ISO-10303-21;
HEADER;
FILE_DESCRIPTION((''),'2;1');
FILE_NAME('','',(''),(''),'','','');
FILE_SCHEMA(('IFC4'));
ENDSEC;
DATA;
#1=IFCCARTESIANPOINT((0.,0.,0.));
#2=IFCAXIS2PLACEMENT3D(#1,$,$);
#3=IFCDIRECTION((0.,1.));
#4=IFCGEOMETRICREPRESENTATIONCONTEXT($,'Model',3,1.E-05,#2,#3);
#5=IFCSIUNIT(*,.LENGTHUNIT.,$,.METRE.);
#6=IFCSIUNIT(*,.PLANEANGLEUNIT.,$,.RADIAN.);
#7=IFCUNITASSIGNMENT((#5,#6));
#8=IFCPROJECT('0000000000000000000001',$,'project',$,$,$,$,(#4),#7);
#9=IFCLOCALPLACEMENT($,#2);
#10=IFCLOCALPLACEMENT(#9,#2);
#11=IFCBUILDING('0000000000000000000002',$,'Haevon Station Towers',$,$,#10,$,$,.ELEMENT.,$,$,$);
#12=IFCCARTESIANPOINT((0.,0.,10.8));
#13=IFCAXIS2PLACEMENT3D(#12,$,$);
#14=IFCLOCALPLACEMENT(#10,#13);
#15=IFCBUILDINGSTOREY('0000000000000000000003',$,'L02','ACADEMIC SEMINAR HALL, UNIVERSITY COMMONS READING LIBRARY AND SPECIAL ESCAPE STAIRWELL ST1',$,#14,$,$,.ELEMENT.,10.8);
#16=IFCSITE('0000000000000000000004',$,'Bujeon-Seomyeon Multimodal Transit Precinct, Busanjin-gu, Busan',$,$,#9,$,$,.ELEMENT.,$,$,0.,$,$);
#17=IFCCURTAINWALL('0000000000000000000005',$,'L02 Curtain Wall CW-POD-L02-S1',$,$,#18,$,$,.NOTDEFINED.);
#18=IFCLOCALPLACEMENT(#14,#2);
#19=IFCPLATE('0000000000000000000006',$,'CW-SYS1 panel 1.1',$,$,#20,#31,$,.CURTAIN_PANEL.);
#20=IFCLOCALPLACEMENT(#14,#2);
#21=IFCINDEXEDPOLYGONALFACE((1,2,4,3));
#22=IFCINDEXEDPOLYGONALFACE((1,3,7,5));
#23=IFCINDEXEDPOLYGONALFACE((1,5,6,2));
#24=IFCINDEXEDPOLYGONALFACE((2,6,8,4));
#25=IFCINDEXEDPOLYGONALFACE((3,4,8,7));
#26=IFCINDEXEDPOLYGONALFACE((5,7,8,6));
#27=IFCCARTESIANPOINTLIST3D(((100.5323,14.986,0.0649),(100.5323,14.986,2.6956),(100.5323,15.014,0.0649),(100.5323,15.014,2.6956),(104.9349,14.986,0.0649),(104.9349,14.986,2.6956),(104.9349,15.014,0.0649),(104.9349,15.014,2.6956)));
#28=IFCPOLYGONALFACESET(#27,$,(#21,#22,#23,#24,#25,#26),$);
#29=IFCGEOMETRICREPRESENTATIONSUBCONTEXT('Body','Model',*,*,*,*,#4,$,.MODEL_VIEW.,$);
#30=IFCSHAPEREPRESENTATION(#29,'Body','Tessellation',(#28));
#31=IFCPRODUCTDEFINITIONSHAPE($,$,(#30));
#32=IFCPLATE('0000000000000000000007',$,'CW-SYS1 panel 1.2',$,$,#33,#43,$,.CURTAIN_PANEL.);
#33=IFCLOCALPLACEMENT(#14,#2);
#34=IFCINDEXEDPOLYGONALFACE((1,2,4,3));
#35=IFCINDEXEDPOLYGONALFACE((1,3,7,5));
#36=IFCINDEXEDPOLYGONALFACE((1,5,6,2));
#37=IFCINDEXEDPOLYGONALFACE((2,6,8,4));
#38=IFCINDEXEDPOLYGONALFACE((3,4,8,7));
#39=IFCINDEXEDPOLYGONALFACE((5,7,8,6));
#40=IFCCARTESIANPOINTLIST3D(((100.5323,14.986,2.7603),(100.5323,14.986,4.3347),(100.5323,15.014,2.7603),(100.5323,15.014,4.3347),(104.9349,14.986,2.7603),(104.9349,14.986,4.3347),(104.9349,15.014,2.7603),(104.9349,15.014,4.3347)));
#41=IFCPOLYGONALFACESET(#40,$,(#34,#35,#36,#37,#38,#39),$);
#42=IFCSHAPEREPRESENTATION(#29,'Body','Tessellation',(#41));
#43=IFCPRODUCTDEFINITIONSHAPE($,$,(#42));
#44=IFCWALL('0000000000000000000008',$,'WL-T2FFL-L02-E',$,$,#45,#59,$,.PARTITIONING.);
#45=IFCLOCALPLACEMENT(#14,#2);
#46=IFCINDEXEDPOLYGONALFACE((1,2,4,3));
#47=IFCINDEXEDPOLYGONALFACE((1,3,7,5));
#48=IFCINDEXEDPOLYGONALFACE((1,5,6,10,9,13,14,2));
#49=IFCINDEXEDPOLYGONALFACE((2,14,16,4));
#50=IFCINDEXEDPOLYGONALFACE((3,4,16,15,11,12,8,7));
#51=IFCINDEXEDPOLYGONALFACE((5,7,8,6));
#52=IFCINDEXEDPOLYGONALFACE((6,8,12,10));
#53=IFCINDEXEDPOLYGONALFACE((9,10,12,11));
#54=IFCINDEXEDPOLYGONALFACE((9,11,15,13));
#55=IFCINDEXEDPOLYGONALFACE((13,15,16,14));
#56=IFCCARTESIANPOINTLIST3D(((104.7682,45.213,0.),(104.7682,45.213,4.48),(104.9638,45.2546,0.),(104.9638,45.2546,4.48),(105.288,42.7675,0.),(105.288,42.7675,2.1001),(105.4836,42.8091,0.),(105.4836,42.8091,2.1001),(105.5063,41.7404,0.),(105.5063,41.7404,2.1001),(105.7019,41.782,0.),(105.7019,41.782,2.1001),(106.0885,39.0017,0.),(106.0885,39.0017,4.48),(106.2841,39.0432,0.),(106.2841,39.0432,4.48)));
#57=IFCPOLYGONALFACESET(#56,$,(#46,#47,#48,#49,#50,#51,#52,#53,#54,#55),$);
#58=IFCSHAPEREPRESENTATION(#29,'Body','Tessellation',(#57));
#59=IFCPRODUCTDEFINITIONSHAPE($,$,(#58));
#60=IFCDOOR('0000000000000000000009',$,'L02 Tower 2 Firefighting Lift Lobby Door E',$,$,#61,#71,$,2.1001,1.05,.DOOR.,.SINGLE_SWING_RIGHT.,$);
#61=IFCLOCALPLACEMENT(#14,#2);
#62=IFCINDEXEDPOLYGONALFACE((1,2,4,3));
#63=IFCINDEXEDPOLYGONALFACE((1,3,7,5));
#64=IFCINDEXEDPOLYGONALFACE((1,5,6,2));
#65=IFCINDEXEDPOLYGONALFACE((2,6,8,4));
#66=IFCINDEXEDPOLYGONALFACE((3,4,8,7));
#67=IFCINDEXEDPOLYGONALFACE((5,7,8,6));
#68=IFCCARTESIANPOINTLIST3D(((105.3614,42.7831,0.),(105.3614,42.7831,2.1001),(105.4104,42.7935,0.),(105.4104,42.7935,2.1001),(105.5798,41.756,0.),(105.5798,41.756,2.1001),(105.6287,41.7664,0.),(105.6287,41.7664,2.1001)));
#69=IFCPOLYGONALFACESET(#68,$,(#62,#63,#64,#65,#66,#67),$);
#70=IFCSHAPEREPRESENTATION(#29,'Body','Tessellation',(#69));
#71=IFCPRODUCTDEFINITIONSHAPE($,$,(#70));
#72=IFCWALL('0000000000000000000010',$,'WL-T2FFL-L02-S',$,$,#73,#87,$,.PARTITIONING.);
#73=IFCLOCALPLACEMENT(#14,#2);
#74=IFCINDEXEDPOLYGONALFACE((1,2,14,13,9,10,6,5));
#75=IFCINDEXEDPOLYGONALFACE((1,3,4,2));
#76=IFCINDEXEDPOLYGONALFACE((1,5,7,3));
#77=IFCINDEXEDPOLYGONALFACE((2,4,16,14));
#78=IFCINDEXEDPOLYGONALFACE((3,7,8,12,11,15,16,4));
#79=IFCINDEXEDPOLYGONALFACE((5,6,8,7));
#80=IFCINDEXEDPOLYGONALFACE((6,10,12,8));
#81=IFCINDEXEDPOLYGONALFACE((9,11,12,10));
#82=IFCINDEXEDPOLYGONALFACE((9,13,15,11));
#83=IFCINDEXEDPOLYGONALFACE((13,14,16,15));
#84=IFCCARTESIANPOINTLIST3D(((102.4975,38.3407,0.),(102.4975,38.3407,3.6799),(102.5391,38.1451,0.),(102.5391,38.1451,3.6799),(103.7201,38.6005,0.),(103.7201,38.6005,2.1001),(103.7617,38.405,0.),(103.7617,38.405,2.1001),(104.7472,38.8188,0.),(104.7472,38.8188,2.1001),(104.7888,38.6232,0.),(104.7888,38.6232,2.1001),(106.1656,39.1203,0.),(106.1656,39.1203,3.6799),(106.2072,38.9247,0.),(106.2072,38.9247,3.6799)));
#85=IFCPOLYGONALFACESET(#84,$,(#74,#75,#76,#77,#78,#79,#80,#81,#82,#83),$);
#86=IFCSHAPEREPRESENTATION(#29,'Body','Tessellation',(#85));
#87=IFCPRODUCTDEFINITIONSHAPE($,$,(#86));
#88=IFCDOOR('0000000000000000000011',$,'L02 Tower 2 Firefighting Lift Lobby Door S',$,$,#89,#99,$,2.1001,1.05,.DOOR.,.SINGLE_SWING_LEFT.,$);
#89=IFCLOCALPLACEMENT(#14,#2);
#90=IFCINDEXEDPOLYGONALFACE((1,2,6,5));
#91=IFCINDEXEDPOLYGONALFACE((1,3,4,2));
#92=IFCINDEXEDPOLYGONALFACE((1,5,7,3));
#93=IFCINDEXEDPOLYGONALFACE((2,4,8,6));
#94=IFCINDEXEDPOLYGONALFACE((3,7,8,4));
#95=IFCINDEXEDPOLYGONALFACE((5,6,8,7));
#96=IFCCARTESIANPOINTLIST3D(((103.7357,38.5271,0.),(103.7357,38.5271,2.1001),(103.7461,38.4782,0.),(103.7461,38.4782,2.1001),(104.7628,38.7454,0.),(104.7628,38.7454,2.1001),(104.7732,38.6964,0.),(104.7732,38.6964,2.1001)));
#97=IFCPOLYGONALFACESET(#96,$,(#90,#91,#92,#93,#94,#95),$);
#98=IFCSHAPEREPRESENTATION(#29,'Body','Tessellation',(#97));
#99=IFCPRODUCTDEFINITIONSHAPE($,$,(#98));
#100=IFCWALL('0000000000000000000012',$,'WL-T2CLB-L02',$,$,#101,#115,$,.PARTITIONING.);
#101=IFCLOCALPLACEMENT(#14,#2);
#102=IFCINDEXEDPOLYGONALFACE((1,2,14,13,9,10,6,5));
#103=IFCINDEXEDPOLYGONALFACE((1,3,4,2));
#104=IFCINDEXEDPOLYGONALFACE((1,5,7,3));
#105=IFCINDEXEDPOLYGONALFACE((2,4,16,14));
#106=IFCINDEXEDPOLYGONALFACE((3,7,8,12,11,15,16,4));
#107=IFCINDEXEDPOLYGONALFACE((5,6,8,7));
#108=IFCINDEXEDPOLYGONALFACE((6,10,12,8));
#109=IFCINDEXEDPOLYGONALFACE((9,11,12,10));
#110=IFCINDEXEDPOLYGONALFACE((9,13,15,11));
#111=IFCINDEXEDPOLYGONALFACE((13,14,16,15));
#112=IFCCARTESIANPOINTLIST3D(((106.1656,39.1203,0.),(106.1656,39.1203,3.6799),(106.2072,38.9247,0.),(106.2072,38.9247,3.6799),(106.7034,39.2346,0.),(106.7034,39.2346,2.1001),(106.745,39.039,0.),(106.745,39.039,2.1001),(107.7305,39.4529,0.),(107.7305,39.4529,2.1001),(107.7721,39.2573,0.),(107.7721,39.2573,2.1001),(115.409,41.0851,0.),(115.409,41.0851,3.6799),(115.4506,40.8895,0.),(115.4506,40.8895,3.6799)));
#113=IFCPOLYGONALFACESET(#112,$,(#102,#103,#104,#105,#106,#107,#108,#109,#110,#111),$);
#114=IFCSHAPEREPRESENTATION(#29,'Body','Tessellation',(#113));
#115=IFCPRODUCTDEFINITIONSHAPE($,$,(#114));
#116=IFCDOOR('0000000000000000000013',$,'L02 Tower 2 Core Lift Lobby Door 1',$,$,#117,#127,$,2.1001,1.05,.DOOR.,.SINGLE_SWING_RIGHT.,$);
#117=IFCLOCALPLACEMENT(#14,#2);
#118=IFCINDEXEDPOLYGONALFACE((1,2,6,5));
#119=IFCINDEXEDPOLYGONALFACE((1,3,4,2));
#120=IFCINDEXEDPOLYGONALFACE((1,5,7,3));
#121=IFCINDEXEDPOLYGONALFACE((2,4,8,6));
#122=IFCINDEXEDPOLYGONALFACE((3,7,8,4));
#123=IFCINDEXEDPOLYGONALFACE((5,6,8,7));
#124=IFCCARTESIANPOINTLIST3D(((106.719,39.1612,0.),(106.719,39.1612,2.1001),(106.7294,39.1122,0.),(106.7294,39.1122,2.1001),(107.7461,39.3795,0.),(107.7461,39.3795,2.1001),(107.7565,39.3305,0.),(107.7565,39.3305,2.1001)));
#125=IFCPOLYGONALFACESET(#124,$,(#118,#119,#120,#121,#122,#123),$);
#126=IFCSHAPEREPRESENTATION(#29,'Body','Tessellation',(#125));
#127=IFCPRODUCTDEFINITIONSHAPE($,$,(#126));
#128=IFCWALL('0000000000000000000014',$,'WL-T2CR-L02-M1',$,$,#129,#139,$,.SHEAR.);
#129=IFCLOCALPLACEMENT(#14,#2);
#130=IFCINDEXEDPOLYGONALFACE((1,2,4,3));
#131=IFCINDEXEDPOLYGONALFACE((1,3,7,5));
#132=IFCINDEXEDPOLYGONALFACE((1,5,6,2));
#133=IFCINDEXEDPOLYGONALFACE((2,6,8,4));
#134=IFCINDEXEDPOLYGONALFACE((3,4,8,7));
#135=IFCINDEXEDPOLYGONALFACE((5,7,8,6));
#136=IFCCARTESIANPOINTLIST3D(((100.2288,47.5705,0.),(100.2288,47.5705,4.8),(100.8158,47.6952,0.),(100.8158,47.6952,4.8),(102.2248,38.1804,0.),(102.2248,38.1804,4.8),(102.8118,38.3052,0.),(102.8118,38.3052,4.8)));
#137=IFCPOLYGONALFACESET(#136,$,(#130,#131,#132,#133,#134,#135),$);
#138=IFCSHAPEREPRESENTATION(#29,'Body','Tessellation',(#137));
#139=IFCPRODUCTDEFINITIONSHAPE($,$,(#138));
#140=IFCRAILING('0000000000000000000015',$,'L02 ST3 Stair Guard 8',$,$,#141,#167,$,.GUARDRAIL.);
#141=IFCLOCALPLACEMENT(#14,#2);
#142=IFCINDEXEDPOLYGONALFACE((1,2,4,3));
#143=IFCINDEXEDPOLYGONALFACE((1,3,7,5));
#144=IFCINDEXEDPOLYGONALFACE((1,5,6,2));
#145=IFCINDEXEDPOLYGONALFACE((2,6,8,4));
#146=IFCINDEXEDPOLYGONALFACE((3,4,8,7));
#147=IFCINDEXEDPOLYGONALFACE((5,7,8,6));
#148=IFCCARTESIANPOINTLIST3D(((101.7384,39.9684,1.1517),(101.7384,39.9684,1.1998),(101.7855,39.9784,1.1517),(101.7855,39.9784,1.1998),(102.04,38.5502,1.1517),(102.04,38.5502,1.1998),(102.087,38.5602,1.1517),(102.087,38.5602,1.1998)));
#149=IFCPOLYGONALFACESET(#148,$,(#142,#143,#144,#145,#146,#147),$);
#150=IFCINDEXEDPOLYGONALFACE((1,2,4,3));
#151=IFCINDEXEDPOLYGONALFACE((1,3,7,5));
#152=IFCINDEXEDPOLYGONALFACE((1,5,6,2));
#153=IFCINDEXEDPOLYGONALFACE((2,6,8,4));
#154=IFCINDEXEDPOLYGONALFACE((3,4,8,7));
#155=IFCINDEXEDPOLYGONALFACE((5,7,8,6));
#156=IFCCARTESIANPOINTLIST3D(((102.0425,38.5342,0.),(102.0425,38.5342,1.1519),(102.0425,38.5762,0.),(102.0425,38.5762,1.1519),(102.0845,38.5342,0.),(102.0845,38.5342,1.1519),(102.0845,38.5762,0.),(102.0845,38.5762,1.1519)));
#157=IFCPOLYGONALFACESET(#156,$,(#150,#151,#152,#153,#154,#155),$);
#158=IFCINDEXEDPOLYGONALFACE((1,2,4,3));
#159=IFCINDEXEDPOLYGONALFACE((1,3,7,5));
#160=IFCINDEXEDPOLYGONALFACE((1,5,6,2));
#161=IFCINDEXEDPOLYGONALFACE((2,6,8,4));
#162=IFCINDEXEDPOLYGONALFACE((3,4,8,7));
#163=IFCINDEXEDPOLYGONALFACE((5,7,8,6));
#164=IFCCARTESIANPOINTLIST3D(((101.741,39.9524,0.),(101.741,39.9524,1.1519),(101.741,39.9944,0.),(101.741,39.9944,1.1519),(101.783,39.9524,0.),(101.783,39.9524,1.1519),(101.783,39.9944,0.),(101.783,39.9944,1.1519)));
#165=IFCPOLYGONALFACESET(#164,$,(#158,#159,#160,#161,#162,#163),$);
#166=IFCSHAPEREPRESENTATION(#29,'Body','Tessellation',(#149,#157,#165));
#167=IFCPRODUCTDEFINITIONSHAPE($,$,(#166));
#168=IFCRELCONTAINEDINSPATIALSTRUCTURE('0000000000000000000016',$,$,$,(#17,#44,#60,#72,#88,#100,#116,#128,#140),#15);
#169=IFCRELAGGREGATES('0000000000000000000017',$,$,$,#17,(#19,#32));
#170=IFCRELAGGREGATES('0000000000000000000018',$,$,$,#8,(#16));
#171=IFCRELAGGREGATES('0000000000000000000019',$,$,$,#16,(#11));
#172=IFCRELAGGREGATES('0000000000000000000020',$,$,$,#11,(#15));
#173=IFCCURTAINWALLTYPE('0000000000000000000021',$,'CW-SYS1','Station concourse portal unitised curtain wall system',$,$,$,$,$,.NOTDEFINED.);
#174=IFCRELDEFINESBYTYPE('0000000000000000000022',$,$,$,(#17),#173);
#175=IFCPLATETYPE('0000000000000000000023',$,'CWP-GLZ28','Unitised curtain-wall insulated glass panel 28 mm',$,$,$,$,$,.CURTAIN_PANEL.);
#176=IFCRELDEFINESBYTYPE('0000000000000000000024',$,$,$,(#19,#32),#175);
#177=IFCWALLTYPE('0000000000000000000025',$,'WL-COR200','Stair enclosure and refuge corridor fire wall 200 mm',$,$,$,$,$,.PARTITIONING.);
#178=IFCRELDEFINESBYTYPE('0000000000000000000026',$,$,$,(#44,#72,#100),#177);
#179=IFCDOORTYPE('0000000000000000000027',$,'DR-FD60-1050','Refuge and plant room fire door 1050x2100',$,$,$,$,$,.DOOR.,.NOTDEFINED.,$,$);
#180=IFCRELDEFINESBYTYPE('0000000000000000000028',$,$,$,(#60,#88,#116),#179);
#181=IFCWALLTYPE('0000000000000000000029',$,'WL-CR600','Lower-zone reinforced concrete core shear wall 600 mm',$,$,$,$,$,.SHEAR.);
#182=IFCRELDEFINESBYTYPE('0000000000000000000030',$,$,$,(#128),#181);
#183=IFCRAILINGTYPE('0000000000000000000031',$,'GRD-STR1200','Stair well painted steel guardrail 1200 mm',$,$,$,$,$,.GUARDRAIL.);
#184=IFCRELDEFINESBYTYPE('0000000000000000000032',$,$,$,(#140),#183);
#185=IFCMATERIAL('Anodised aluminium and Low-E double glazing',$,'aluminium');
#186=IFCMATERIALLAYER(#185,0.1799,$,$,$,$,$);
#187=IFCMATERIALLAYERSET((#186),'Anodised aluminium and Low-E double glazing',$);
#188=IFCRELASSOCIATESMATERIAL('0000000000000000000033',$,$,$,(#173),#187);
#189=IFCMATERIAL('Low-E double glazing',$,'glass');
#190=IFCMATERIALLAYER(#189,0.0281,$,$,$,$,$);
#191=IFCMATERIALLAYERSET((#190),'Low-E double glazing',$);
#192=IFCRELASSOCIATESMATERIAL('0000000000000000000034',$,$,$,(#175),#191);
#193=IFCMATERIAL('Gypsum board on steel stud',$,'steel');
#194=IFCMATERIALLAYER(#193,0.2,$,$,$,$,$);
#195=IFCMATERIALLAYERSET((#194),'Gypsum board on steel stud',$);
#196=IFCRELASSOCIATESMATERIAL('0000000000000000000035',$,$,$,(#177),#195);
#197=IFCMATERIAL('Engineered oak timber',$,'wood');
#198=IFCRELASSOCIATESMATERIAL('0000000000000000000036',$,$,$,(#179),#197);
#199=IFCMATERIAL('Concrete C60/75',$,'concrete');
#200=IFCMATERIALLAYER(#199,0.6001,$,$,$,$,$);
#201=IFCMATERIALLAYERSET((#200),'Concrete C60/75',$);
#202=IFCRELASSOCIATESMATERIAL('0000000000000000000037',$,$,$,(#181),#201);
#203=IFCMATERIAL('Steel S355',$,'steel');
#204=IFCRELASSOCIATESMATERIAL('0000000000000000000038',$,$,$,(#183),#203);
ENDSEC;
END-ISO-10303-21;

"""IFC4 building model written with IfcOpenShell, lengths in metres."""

from ifc_helpers import new_model, si_unit, direction, frame, frame_2d, origin, origin_2d, place, context, subcontext, project, spatial, rectangle, extrude, material, layer, layer_set, type_object, element, fill, aggregate, save


model = new_model("IFC4")

# Units and contexts
model_context = context("Model", 3, precision=1e-05, world=origin(), true_north=direction((0.0, 1.0)))
body_context = subcontext(model_context, "Body", "Model", "MODEL_VIEW")
ifc_project = project(units=[si_unit("LENGTHUNIT", "METRE"), si_unit("PLANEANGLEUNIT", "RADIAN")], contexts=[model_context])

# Site, building, storey
site_placement = place(None, origin())
site = spatial("IfcSite", under=ifc_project, at=site_placement, Name="Bujeon-Seomyeon Multimodal Transit Precinct, Busanjin-gu, Busan", CompositionType="ELEMENT", RefElevation=0.0)
building_placement = place(site_placement, origin())
building = spatial("IfcBuilding", under=site, at=building_placement, Name="Haevon Station Towers", CompositionType="ELEMENT")
storey_placement = place(building_placement, frame((0.0, 0.0, 10.8)))
storey = spatial("IfcBuildingStorey", under=building, at=storey_placement, Name="L02", Description="ACADEMIC SEMINAR HALL, UNIVERSITY COMMONS READING LIBRARY AND SPECIAL ESCAPE STAIRWELL ST1", CompositionType="ELEMENT", Elevation=10.8)

# Shared definitions
ifc_material_1 = material(Name="Steel S355", Category="steel")

# Curtain wall, plates
ifc_material_2 = material(Name="Anodised aluminium and Low-E double glazing", Category="aluminium")
ifc_layer_1 = layer(ifc_material_2, 0.1799)
ifc_layer_set_1 = layer_set([ifc_layer_1], Name="Anodised aluminium and Low-E double glazing")
curtain_wall_type = type_object("IfcCurtainWallType", Name="CW-SYS1", Description="Station concourse portal unitised curtain wall system", PredefinedType="NOTDEFINED", material=ifc_layer_set_1)
curtain_wall_placement = place(storey_placement, origin())
curtain_wall = element("IfcCurtainWall", 1, at=curtain_wall_placement, inside=storey, type_object=curtain_wall_type, Name="L02 Curtain Wall CW-POD-L02-S1", PredefinedType="NOTDEFINED")
ifc_material_3 = material(Name="Low-E double glazing", Category="glass")
ifc_layer_2 = layer(ifc_material_3, 0.0281)
ifc_layer_set_2 = layer_set([ifc_layer_2], Name="Low-E double glazing")
plate_type = type_object("IfcPlateType", Name="CWP-GLZ28", Description="Unitised curtain-wall insulated glass panel 28 mm", PredefinedType="CURTAIN_PANEL", material=ifc_layer_set_2)
plate_1_placement = place(storey_placement, frame((102.7336, 15.0, 0.0649), z_axis=(0.0, 0.0, 1.0), x_axis=(-1.0, 0.0, 0.0)))
plate_1 = element("IfcPlate", 2, at=plate_1_placement, type_object=plate_type, Name="CW-SYS1 panel 1.1", PredefinedType="CURTAIN_PANEL", context=body_context, shape_type="SweptSolid", body=[
    extrude(rectangle(XDim=4.4026, YDim=0.0281, at=origin_2d()), origin(), (0.0, 0.0, 1.0), 2.6306),
])
plate_2_placement = place(storey_placement, frame((102.7336, 15.0, 2.7603), z_axis=(0.0, 0.0, 1.0), x_axis=(-1.0, 0.0, 0.0)))
plate_2 = element("IfcPlate", 3, at=plate_2_placement, type_object=plate_type, Name="CW-SYS1 panel 1.2", PredefinedType="CURTAIN_PANEL", context=body_context, shape_type="SweptSolid", body=[
    extrude(rectangle(XDim=4.4026, YDim=0.0281, at=origin_2d()), origin(), (0.0, 0.0, 1.0), 1.5745),
])
aggregate(curtain_wall, [plate_1, plate_2])

# Walls, openings, doors
ifc_material_4 = material(Name="Gypsum board on steel stud", Category="steel")
ifc_layer_3 = layer(ifc_material_4, 0.2)
ifc_layer_set_3 = layer_set([ifc_layer_3], Name="Gypsum board on steel stud")
wall_type_1 = type_object("IfcWallType", Name="WL-COR200", Description="Stair enclosure and refuge corridor fire wall 200 mm", PredefinedType="PARTITIONING", material=ifc_layer_set_3)
wall_1_placement = place(storey_placement, frame((106.1863, 39.0225, 0.0), z_axis=(0.0, 0.0, 1.0), x_axis=(-0.207917, 0.978147, 0.0)))
wall_1 = element("IfcWall", 4, at=wall_1_placement, inside=storey, type_object=wall_type_1, Name="WL-T2FFL-L02-E", PredefinedType="PARTITIONING", context=body_context, shape_type="SweptSolid", body=[
    extrude(rectangle(XDim=6.3501, YDim=0.2, at=frame_2d((3.175, 0.0))), origin(), (0.0, 0.0, 1.0), 4.48),
])
opening_1_placement = place(wall_1_placement, frame((2.8, 0.0, 0.0)))
opening_1 = element("IfcOpeningElement", 5, at=opening_1_placement, cuts=wall_1, PredefinedType="OPENING", context=body_context, shape_type="SweptSolid", body=[
    extrude(rectangle(XDim=1.05, YDim=2.1001, at=frame_2d((0.5249, 1.05))), frame((0.0, 0.1099, 0.0), z_axis=(0.0, -1.0, 0.0), x_axis=(1.0, 0.0, 0.0)), (0.0, 0.0, 1.0), 0.22),
])
ifc_material_5 = material(Name="Engineered oak timber", Category="wood")
door_type = type_object("IfcDoorType", Name="DR-FD60-1050", Description="Refuge and plant room fire door 1050x2100", OperationType="NOTDEFINED", PredefinedType="DOOR", material=ifc_material_5)
door_1_placement = place(opening_1_placement, origin())
door_1 = element("IfcDoor", 6, at=door_1_placement, inside=storey, type_object=door_type, Name="L02 Tower 2 Firefighting Lift Lobby Door E", OperationType="SINGLE_SWING_RIGHT", OverallHeight=2.1001, OverallWidth=1.05, PredefinedType="DOOR", context=body_context, shape_type="SweptSolid", body=[
    extrude(rectangle(XDim=1.05, YDim=2.1001, at=frame_2d((0.5249, 1.05))), frame((0.0, 0.0249, 0.0), z_axis=(0.0, -1.0, 0.0), x_axis=(1.0, 0.0, 0.0)), (0.0, 0.0, 1.0), 0.05),
])
fill(opening_1, door_1)
wall_2_placement = place(storey_placement, frame((102.5183, 38.2429, 0.0), z_axis=(0.0, 0.0, 1.0), x_axis=(0.978154, 0.207884, 0.0)))
wall_2 = element("IfcWall", 7, at=wall_2_placement, inside=storey, type_object=wall_type_1, Name="WL-T2FFL-L02-S", PredefinedType="PARTITIONING", context=body_context, shape_type="SweptSolid", body=[
    extrude(rectangle(XDim=3.75, YDim=0.2, at=frame_2d((1.875, 0.0))), origin(), (0.0, 0.0, 1.0), 3.6799),
])
opening_2_placement = place(wall_2_placement, frame((1.25, 0.0, 0.0)))
opening_2 = element("IfcOpeningElement", 8, at=opening_2_placement, cuts=wall_2, PredefinedType="OPENING", context=body_context, shape_type="SweptSolid", body=[
    extrude(rectangle(XDim=1.05, YDim=2.1001, at=frame_2d((0.5249, 1.05))), frame((0.0, 0.1099, 0.0), z_axis=(0.0, -1.0, 0.0), x_axis=(1.0, 0.0, 0.0)), (0.0, 0.0, 1.0), 0.22),
])
door_2_placement = place(opening_2_placement, origin())
door_2 = element("IfcDoor", 9, at=door_2_placement, inside=storey, type_object=door_type, Name="L02 Tower 2 Firefighting Lift Lobby Door S", OperationType="SINGLE_SWING_LEFT", OverallHeight=2.1001, OverallWidth=1.05, PredefinedType="DOOR", context=body_context, shape_type="SweptSolid", body=[
    extrude(rectangle(XDim=1.05, YDim=2.1001, at=frame_2d((0.5249, 1.05))), frame((0.0, 0.0249, 0.0), z_axis=(0.0, -1.0, 0.0), x_axis=(1.0, 0.0, 0.0)), (0.0, 0.0, 1.0), 0.05),
])
fill(opening_2, door_2)
wall_3_placement = place(storey_placement, frame((106.1863, 39.0225, 0.0), z_axis=(0.0, 0.0, 1.0), x_axis=(0.978146, 0.207921, 0.0)))
wall_3 = element("IfcWall", 10, at=wall_3_placement, inside=storey, type_object=wall_type_1, Name="WL-T2CLB-L02", PredefinedType="PARTITIONING", context=body_context, shape_type="SweptSolid", body=[
    extrude(rectangle(XDim=9.45, YDim=0.2, at=frame_2d((4.7251, 0.0))), origin(), (0.0, 0.0, 1.0), 3.6799),
])
opening_3_placement = place(wall_3_placement, frame((0.55, 0.0, 0.0)))
opening_3 = element("IfcOpeningElement", 11, at=opening_3_placement, cuts=wall_3, PredefinedType="OPENING", context=body_context, shape_type="SweptSolid", body=[
    extrude(rectangle(XDim=1.05, YDim=2.1001, at=frame_2d((0.5249, 1.05))), frame((0.0, 0.1099, 0.0), z_axis=(0.0, -1.0, 0.0), x_axis=(1.0, 0.0, 0.0)), (0.0, 0.0, 1.0), 0.22),
])
door_3_placement = place(opening_3_placement, origin())
door_3 = element("IfcDoor", 12, at=door_3_placement, inside=storey, type_object=door_type, Name="L02 Tower 2 Core Lift Lobby Door 1", OperationType="SINGLE_SWING_RIGHT", OverallHeight=2.1001, OverallWidth=1.05, PredefinedType="DOOR", context=body_context, shape_type="SweptSolid", body=[
    extrude(rectangle(XDim=1.05, YDim=2.1001, at=frame_2d((0.5249, 1.05))), frame((0.0, 0.0249, 0.0), z_axis=(0.0, -1.0, 0.0), x_axis=(1.0, 0.0, 0.0)), (0.0, 0.0, 1.0), 0.05),
])
fill(opening_3, door_3)

# Wall
ifc_material_6 = material(Name="Concrete C60/75", Category="concrete")
ifc_layer_4 = layer(ifc_material_6, 0.6001)
ifc_layer_set_4 = layer_set([ifc_layer_4], Name="Concrete C60/75")
wall_type_2 = type_object("IfcWallType", Name="WL-CR600", Description="Lower-zone reinforced concrete core shear wall 600 mm", PredefinedType="SHEAR", material=ifc_layer_set_4)
wall_4_placement = place(storey_placement, frame((102.5183, 38.2429, 0.0), z_axis=(0.0, 0.0, 1.0), x_axis=(-0.207927, 0.978144, 0.0)))
element("IfcWall", 13, at=wall_4_placement, inside=storey, type_object=wall_type_2, Name="WL-T2CR-L02-M1", PredefinedType="SHEAR", context=body_context, shape_type="SweptSolid", body=[
    extrude(rectangle(XDim=9.5999, YDim=0.6001, at=frame_2d((4.7998, 0.0))), origin(), (0.0, 0.0, 1.0), 4.8),
])

# Railing
railing_type = type_object("IfcRailingType", Name="GRD-STR1200", Description="Stair well painted steel guardrail 1200 mm", PredefinedType="GUARDRAIL", material=ifc_material_1)
railing_placement = place(storey_placement, frame((102.0635, 38.5552, 0.0)))
element("IfcRailing", 14, at=railing_placement, inside=storey, type_object=railing_type, Name="L02 ST3 Stair Guard 8", PredefinedType="GUARDRAIL", context=body_context, shape_type="SweptSolid", body=[
    extrude(rectangle(XDim=0.0481, YDim=0.0481, at=origin_2d()), frame((0.0, 0.0, 1.1758), z_axis=(-0.207953, 0.978139, 0.0), x_axis=(-0.978139, -0.207953, 0.0)), (0.0, 0.0, 1.0), 1.45),
    extrude(rectangle(XDim=0.042, YDim=0.042, at=origin_2d()), origin(), (0.0, 0.0, 1.0), 1.1519),
    extrude(rectangle(XDim=0.042, YDim=0.042, at=origin_2d()), frame((-0.3015, 1.4182, 0.0)), (0.0, 0.0, 1.0), 1.1519),
])

save(model, "model.ifc")
